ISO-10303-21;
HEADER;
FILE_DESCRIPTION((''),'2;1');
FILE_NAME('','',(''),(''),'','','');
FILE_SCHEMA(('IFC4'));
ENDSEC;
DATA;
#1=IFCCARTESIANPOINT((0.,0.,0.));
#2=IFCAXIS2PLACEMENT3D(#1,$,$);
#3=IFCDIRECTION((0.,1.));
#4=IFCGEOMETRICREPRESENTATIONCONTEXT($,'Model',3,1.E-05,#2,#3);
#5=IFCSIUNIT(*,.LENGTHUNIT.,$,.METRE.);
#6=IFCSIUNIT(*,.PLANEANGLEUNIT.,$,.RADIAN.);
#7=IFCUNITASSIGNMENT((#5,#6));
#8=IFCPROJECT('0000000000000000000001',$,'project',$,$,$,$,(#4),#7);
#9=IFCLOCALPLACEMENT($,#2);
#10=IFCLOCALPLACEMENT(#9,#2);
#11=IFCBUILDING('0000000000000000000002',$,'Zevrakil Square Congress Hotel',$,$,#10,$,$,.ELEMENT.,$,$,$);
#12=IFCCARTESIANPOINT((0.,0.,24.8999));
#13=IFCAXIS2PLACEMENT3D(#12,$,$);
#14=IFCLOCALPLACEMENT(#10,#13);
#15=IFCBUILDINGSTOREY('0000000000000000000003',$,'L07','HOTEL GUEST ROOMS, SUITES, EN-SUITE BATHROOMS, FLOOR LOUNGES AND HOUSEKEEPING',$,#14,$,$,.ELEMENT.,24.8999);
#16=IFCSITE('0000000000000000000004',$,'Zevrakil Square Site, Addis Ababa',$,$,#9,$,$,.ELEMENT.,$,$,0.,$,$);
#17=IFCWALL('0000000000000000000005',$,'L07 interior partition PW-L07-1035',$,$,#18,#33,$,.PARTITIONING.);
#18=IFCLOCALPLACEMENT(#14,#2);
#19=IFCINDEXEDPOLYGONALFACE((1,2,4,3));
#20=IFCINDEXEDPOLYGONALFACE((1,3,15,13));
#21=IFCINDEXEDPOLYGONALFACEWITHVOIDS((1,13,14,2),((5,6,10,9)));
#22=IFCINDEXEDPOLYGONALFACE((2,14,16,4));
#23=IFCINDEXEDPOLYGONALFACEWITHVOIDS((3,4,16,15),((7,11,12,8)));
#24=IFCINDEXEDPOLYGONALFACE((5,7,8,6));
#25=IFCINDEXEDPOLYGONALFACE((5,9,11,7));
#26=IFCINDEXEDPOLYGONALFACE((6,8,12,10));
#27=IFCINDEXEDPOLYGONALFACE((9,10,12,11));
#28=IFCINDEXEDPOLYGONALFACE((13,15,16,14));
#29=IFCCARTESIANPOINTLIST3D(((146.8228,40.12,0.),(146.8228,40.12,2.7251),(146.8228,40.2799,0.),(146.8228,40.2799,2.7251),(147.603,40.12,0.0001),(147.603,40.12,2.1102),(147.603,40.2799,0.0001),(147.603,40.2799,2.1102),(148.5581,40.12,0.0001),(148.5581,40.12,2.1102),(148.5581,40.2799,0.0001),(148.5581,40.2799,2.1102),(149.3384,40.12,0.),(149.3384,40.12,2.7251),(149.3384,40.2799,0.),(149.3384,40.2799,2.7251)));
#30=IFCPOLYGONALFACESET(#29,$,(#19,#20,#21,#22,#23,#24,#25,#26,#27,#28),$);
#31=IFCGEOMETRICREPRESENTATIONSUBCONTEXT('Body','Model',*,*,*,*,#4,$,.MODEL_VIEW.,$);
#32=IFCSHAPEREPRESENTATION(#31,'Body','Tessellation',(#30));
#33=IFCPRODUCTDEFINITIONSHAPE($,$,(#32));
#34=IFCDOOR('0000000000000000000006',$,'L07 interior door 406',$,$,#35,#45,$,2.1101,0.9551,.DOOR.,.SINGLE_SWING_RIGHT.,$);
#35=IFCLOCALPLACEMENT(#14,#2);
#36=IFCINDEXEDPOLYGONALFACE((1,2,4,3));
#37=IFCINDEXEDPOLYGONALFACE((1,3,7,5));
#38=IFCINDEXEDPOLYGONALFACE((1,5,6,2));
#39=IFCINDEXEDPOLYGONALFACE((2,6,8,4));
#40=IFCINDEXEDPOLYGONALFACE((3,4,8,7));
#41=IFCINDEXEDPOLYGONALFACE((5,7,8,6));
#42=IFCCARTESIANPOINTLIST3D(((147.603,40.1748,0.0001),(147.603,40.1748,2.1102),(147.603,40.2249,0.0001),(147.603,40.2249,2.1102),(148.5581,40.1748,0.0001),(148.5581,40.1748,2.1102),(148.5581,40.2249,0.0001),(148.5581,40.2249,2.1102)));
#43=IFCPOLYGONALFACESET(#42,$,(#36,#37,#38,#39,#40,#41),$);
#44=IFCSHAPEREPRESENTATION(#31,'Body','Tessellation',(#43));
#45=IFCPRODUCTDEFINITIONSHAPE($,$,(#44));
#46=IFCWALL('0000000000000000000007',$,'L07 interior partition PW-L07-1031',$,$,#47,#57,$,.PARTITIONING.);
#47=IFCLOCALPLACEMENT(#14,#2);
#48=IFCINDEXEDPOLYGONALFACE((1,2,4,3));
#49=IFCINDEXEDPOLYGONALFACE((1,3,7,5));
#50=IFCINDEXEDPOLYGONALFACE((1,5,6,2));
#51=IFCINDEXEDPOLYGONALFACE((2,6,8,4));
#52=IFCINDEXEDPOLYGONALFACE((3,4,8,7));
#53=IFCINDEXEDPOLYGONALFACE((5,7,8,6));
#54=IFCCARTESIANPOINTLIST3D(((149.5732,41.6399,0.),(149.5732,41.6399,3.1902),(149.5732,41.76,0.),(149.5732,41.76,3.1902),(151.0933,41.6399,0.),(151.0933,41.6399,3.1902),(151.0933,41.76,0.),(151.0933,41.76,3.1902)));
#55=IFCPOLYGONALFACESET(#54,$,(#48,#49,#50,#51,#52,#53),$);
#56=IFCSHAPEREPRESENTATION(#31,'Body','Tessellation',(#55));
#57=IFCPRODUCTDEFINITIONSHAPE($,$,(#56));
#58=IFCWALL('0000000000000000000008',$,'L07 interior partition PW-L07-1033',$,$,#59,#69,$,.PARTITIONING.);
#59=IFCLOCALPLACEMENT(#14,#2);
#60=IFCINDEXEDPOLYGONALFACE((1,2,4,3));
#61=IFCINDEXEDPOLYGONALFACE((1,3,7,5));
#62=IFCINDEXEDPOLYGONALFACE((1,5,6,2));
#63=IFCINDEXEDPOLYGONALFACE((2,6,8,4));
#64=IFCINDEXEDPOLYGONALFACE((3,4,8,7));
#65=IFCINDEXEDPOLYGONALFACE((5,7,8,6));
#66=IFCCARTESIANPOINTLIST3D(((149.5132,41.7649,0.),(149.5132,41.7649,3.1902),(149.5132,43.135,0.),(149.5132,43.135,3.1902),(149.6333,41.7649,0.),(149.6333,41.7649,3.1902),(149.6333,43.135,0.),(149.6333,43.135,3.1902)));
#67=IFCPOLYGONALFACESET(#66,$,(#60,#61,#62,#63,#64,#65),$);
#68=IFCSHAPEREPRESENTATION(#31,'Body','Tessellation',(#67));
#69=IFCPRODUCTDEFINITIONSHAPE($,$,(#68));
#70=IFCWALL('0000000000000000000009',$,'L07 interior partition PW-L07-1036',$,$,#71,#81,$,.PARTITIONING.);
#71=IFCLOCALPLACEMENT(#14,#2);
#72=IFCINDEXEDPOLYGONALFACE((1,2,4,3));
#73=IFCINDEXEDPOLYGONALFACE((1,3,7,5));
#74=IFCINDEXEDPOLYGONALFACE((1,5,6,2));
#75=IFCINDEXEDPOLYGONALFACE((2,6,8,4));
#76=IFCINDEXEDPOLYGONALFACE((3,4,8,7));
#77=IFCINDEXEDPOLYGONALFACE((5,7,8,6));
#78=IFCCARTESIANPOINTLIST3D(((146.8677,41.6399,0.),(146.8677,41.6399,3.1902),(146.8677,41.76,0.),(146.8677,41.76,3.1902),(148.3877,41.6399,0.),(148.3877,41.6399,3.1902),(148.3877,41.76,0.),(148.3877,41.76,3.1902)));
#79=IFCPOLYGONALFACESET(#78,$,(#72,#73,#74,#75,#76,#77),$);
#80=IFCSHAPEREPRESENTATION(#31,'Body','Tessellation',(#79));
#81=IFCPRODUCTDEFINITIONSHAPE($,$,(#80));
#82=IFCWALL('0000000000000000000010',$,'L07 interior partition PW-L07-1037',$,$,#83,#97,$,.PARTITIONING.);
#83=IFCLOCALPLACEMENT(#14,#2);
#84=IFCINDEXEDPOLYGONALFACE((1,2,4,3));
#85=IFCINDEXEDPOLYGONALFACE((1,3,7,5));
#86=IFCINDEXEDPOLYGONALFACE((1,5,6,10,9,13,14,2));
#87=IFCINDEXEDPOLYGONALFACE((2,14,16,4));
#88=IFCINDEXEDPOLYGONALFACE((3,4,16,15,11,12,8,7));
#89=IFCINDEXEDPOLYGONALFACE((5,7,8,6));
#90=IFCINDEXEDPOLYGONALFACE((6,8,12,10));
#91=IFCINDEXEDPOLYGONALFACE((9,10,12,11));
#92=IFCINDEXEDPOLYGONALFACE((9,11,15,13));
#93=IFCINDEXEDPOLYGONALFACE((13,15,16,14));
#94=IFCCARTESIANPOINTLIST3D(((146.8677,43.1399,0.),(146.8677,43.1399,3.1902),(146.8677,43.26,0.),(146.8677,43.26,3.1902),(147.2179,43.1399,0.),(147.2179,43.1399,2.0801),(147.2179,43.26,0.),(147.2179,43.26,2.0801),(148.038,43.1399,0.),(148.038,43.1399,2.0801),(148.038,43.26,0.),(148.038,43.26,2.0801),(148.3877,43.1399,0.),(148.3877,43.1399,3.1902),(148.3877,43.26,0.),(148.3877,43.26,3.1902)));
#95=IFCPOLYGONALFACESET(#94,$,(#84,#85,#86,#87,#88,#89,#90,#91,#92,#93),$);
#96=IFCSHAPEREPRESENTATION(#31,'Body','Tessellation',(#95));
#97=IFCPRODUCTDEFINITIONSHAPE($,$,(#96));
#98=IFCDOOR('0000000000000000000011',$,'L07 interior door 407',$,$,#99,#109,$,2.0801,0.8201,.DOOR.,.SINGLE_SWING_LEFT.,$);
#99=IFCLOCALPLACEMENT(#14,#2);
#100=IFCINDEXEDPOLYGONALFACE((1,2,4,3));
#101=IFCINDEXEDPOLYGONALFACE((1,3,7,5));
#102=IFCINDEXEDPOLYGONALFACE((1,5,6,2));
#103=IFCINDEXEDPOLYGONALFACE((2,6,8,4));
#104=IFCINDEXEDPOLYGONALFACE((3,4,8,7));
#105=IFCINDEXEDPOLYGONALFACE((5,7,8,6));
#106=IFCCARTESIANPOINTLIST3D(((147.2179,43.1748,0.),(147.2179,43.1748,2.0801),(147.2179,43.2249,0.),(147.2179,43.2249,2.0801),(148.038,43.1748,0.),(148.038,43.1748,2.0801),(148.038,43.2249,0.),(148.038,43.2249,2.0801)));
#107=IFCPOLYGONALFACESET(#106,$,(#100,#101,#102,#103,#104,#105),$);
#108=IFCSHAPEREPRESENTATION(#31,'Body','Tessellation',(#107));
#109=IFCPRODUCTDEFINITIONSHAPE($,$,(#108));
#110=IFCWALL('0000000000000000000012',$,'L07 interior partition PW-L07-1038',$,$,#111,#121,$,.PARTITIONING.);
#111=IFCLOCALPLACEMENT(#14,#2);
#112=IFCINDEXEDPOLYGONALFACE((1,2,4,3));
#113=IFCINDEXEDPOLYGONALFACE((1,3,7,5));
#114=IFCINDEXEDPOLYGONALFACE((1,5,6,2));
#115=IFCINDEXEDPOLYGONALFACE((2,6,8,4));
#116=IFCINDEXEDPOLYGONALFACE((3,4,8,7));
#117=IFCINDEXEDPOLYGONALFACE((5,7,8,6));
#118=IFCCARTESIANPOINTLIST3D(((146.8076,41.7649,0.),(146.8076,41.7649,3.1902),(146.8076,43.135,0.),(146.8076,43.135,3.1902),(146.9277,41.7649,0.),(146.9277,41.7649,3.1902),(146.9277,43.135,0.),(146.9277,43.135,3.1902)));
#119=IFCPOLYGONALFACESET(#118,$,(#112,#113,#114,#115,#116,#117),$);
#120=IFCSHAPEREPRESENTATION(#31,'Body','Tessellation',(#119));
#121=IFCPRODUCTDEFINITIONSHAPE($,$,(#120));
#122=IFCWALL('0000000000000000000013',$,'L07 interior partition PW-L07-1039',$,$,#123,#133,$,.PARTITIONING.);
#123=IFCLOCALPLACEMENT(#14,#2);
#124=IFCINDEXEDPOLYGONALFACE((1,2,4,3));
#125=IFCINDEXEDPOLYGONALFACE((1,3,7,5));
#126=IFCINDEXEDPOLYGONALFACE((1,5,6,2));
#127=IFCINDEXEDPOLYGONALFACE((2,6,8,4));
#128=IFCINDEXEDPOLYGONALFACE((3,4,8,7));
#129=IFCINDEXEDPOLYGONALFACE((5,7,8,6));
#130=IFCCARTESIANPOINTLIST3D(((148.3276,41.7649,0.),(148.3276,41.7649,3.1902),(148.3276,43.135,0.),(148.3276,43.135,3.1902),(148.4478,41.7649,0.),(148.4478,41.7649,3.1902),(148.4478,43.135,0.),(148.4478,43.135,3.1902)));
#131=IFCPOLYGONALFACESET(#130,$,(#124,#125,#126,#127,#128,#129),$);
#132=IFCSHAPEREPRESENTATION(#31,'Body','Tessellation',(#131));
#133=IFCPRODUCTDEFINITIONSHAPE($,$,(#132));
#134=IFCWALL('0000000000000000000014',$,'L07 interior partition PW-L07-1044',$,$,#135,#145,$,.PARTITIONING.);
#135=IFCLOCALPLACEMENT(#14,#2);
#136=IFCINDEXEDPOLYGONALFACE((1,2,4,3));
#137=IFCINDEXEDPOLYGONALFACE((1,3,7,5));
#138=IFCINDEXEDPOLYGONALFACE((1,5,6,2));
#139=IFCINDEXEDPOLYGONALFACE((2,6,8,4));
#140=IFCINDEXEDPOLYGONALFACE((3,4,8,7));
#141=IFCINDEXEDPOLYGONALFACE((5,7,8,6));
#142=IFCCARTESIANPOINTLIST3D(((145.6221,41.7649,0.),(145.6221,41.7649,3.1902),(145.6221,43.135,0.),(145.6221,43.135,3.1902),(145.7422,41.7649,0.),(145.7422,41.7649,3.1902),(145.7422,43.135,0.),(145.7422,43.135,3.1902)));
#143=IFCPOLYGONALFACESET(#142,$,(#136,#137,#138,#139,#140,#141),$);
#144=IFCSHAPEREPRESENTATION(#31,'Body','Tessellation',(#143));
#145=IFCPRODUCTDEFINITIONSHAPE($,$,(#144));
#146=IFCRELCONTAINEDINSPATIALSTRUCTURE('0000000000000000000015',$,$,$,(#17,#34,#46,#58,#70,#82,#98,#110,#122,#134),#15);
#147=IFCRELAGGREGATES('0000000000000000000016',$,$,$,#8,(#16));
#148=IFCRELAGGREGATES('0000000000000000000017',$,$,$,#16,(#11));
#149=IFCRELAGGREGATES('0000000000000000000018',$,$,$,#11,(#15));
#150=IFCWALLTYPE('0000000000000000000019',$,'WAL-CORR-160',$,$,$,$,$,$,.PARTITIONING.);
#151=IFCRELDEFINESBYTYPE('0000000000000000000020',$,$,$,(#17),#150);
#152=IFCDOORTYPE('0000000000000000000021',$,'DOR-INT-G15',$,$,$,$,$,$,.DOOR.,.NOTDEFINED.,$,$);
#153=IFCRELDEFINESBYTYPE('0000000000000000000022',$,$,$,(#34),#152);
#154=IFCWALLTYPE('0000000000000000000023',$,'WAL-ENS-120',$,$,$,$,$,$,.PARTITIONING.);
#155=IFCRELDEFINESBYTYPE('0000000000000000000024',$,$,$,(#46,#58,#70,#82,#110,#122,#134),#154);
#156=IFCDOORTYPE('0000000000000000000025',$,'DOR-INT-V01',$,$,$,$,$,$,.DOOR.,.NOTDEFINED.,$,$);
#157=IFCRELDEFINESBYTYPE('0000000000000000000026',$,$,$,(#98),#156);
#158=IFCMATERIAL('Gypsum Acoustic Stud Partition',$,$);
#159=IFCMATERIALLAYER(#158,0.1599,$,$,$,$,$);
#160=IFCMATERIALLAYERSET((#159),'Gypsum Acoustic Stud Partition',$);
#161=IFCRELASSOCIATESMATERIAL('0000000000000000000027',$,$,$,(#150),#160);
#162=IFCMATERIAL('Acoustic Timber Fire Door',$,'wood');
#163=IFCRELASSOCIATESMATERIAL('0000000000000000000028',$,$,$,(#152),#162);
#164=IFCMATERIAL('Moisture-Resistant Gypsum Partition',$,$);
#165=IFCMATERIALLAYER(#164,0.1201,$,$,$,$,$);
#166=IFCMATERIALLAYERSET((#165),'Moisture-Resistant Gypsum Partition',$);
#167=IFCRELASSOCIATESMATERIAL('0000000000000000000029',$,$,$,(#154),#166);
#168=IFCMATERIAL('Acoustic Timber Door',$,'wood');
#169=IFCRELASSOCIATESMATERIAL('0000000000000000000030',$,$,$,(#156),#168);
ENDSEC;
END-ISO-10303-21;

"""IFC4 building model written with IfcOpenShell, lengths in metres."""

from ifc_helpers import new_model, si_unit, direction, frame, frame_2d, origin, place, context, subcontext, project, spatial, rectangle, extrude, material, layer, layer_set, type_object, element, fill, save


model = new_model("IFC4")

# Units and contexts
model_context = context("Model", 3, precision=1e-05, world=origin(), true_north=direction((0.0, 1.0)))
body_context = subcontext(model_context, "Body", "Model", "MODEL_VIEW")
ifc_project = project(units=[si_unit("LENGTHUNIT", "METRE"), si_unit("PLANEANGLEUNIT", "RADIAN")], contexts=[model_context])

# Site, building, storey
site_placement = place(None, origin())
site = spatial("IfcSite", under=ifc_project, at=site_placement, Name="Zevrakil Square Site, Addis Ababa", CompositionType="ELEMENT", RefElevation=0.0)
building_placement = place(site_placement, origin())
building = spatial("IfcBuilding", under=site, at=building_placement, Name="Zevrakil Square Congress Hotel", CompositionType="ELEMENT")
storey_placement = place(building_placement, frame((0.0, 0.0, 24.8999)))
storey = spatial("IfcBuildingStorey", under=building, at=storey_placement, Name="L07", Description="HOTEL GUEST ROOMS, SUITES, EN-SUITE BATHROOMS, FLOOR LOUNGES AND HOUSEKEEPING", CompositionType="ELEMENT", Elevation=24.8999)

# Wall, opening, door
ifc_material_1 = material(Name="Gypsum Acoustic Stud Partition")
ifc_layer_1 = layer(ifc_material_1, 0.1599)
ifc_layer_set_1 = layer_set([ifc_layer_1], Name="Gypsum Acoustic Stud Partition")
wall_type_1 = type_object("IfcWallType", Name="WAL-CORR-160", PredefinedType="PARTITIONING", material=ifc_layer_set_1)
wall_1_placement = place(storey_placement, frame((146.8228, 40.2, 0.0), z_axis=(0.0, 0.0, 1.0), x_axis=(1.0, 0.0, 0.0)))
wall_1 = element("IfcWall", 1, at=wall_1_placement, inside=storey, type_object=wall_type_1, Name="L07 interior partition PW-L07-1035", PredefinedType="PARTITIONING", context=body_context, shape_type="SweptSolid", body=[
    extrude(rectangle(XDim=2.5156, YDim=0.1599, at=frame_2d((1.2578, 0.0))), origin(), (0.0, 0.0, 1.0), 2.7251),
])
opening_1_placement = place(wall_1_placement, frame((0.7803, 0.0, 0.0)))
opening_1 = element("IfcOpeningElement", 2, at=opening_1_placement, cuts=wall_1, PredefinedType="OPENING", context=body_context, shape_type="SweptSolid", body=[
    extrude(rectangle(XDim=0.9551, YDim=2.1101, at=frame_2d((0.4775, 1.0552))), frame((0.0, 0.0898, 0.0), z_axis=(0.0, -1.0, 0.0), x_axis=(1.0, 0.0, 0.0)), (0.0, 0.0, 1.0), 0.1799),
])
ifc_material_2 = material(Name="Acoustic Timber Fire Door", Category="wood")
door_type_1 = type_object("IfcDoorType", Name="DOR-INT-G15", OperationType="NOTDEFINED", PredefinedType="DOOR", material=ifc_material_2)
door_1_placement = place(opening_1_placement, origin())
door_1 = element("IfcDoor", 3, at=door_1_placement, inside=storey, type_object=door_type_1, Name="L07 interior door 406", OperationType="SINGLE_SWING_RIGHT", OverallHeight=2.1101, OverallWidth=0.9551, PredefinedType="DOOR", context=body_context, shape_type="SweptSolid", body=[
    extrude(rectangle(XDim=0.9551, YDim=2.1101, at=frame_2d((0.4775, 1.0552))), frame((0.0, 0.0249, 0.0), z_axis=(0.0, -1.0, 0.0), x_axis=(1.0, 0.0, 0.0)), (0.0, 0.0, 1.0), 0.05),
])
fill(opening_1, door_1)

# Walls
ifc_material_3 = material(Name="Moisture-Resistant Gypsum Partition")
ifc_layer_2 = layer(ifc_material_3, 0.1201)
ifc_layer_set_2 = layer_set([ifc_layer_2], Name="Moisture-Resistant Gypsum Partition")
wall_type_2 = type_object("IfcWallType", Name="WAL-ENS-120", PredefinedType="PARTITIONING", material=ifc_layer_set_2)
wall_2_placement = place(storey_placement, frame((149.5732, 41.7, 0.0), z_axis=(0.0, 0.0, 1.0), x_axis=(1.0, 0.0, 0.0)))
element("IfcWall", 4, at=wall_2_placement, inside=storey, type_object=wall_type_2, Name="L07 interior partition PW-L07-1031", PredefinedType="PARTITIONING", context=body_context, shape_type="SweptSolid", body=[
    extrude(rectangle(XDim=1.52, YDim=0.1201, at=frame_2d((0.76, 0.0))), origin(), (0.0, 0.0, 1.0), 3.1902),
])
wall_3_placement = place(storey_placement, frame((149.5732, 41.7649, 0.0), z_axis=(0.0, 0.0, 1.0), x_axis=(0.0, 1.0, 0.0)))
element("IfcWall", 5, at=wall_3_placement, inside=storey, type_object=wall_type_2, Name="L07 interior partition PW-L07-1033", PredefinedType="PARTITIONING", context=body_context, shape_type="SweptSolid", body=[
    extrude(rectangle(XDim=1.3701, YDim=0.1201, at=frame_2d((0.6851, 0.0))), origin(), (0.0, 0.0, 1.0), 3.1902),
])
wall_4_placement = place(storey_placement, frame((146.8677, 41.7, 0.0), z_axis=(0.0, 0.0, 1.0), x_axis=(1.0, 0.0, 0.0)))
element("IfcWall", 6, at=wall_4_placement, inside=storey, type_object=wall_type_2, Name="L07 interior partition PW-L07-1036", PredefinedType="PARTITIONING", context=body_context, shape_type="SweptSolid", body=[
    extrude(rectangle(XDim=1.52, YDim=0.1201, at=frame_2d((0.76, 0.0))), origin(), (0.0, 0.0, 1.0), 3.1902),
])

# Wall, opening, door
wall_5_placement = place(storey_placement, frame((146.8677, 43.2, 0.0), z_axis=(0.0, 0.0, 1.0), x_axis=(1.0, 0.0, 0.0)))
wall_5 = element("IfcWall", 7, at=wall_5_placement, inside=storey, type_object=wall_type_2, Name="L07 interior partition PW-L07-1037", PredefinedType="PARTITIONING", context=body_context, shape_type="SweptSolid", body=[
    extrude(rectangle(XDim=1.52, YDim=0.1201, at=frame_2d((0.76, 0.0))), origin(), (0.0, 0.0, 1.0), 3.1902),
])
opening_2_placement = place(wall_5_placement, frame((0.3501, 0.0, 0.0)))
opening_2 = element("IfcOpeningElement", 8, at=opening_2_placement, cuts=wall_5, PredefinedType="OPENING", context=body_context, shape_type="SweptSolid", body=[
    extrude(rectangle(XDim=0.8201, YDim=2.0801, at=frame_2d((0.4102, 1.04))), frame((0.0, 0.0701, 0.0), z_axis=(0.0, -1.0, 0.0), x_axis=(1.0, 0.0, 0.0)), (0.0, 0.0, 1.0), 0.1401),
])
ifc_material_4 = material(Name="Acoustic Timber Door", Category="wood")
door_type_2 = type_object("IfcDoorType", Name="DOR-INT-V01", OperationType="NOTDEFINED", PredefinedType="DOOR", material=ifc_material_4)
door_2_placement = place(opening_2_placement, origin())
door_2 = element("IfcDoor", 9, at=door_2_placement, inside=storey, type_object=door_type_2, Name="L07 interior door 407", OperationType="SINGLE_SWING_LEFT", OverallHeight=2.0801, OverallWidth=0.8201, PredefinedType="DOOR", context=body_context, shape_type="SweptSolid", body=[
    extrude(rectangle(XDim=0.8201, YDim=2.0801, at=frame_2d((0.4102, 1.04))), frame((0.0, 0.0249, 0.0), z_axis=(0.0, -1.0, 0.0), x_axis=(1.0, 0.0, 0.0)), (0.0, 0.0, 1.0), 0.05),
])
fill(opening_2, door_2)

# Walls
for number, where, z_axis, x_axis, name in (
    (10, (146.8677, 41.7649, 0.0), (0.0, 0.0, 1.0), (0.0, 1.0, 0.0), "L07 interior partition PW-L07-1038"),
    (11, (148.3877, 41.7649, 0.0), (0.0, 0.0, 1.0), (0.0, 1.0, 0.0), "L07 interior partition PW-L07-1039"),
    (12, (145.6821, 41.7649, 0.0), (0.0, 0.0, 1.0), (0.0, 1.0, 0.0), "L07 interior partition PW-L07-1044"),
):
    element("IfcWall", number, at=place(storey_placement, frame(where, z_axis=z_axis, x_axis=x_axis)), inside=storey, type_object=wall_type_2, Name=name, PredefinedType="PARTITIONING", context=body_context, shape_type="SweptSolid", body=[
        extrude(rectangle(XDim=1.3701, YDim=0.1201, at=frame_2d((0.6851, 0.0))), origin(), (0.0, 0.0, 1.0), 3.1902),
    ])

save(model, "model.ifc")
